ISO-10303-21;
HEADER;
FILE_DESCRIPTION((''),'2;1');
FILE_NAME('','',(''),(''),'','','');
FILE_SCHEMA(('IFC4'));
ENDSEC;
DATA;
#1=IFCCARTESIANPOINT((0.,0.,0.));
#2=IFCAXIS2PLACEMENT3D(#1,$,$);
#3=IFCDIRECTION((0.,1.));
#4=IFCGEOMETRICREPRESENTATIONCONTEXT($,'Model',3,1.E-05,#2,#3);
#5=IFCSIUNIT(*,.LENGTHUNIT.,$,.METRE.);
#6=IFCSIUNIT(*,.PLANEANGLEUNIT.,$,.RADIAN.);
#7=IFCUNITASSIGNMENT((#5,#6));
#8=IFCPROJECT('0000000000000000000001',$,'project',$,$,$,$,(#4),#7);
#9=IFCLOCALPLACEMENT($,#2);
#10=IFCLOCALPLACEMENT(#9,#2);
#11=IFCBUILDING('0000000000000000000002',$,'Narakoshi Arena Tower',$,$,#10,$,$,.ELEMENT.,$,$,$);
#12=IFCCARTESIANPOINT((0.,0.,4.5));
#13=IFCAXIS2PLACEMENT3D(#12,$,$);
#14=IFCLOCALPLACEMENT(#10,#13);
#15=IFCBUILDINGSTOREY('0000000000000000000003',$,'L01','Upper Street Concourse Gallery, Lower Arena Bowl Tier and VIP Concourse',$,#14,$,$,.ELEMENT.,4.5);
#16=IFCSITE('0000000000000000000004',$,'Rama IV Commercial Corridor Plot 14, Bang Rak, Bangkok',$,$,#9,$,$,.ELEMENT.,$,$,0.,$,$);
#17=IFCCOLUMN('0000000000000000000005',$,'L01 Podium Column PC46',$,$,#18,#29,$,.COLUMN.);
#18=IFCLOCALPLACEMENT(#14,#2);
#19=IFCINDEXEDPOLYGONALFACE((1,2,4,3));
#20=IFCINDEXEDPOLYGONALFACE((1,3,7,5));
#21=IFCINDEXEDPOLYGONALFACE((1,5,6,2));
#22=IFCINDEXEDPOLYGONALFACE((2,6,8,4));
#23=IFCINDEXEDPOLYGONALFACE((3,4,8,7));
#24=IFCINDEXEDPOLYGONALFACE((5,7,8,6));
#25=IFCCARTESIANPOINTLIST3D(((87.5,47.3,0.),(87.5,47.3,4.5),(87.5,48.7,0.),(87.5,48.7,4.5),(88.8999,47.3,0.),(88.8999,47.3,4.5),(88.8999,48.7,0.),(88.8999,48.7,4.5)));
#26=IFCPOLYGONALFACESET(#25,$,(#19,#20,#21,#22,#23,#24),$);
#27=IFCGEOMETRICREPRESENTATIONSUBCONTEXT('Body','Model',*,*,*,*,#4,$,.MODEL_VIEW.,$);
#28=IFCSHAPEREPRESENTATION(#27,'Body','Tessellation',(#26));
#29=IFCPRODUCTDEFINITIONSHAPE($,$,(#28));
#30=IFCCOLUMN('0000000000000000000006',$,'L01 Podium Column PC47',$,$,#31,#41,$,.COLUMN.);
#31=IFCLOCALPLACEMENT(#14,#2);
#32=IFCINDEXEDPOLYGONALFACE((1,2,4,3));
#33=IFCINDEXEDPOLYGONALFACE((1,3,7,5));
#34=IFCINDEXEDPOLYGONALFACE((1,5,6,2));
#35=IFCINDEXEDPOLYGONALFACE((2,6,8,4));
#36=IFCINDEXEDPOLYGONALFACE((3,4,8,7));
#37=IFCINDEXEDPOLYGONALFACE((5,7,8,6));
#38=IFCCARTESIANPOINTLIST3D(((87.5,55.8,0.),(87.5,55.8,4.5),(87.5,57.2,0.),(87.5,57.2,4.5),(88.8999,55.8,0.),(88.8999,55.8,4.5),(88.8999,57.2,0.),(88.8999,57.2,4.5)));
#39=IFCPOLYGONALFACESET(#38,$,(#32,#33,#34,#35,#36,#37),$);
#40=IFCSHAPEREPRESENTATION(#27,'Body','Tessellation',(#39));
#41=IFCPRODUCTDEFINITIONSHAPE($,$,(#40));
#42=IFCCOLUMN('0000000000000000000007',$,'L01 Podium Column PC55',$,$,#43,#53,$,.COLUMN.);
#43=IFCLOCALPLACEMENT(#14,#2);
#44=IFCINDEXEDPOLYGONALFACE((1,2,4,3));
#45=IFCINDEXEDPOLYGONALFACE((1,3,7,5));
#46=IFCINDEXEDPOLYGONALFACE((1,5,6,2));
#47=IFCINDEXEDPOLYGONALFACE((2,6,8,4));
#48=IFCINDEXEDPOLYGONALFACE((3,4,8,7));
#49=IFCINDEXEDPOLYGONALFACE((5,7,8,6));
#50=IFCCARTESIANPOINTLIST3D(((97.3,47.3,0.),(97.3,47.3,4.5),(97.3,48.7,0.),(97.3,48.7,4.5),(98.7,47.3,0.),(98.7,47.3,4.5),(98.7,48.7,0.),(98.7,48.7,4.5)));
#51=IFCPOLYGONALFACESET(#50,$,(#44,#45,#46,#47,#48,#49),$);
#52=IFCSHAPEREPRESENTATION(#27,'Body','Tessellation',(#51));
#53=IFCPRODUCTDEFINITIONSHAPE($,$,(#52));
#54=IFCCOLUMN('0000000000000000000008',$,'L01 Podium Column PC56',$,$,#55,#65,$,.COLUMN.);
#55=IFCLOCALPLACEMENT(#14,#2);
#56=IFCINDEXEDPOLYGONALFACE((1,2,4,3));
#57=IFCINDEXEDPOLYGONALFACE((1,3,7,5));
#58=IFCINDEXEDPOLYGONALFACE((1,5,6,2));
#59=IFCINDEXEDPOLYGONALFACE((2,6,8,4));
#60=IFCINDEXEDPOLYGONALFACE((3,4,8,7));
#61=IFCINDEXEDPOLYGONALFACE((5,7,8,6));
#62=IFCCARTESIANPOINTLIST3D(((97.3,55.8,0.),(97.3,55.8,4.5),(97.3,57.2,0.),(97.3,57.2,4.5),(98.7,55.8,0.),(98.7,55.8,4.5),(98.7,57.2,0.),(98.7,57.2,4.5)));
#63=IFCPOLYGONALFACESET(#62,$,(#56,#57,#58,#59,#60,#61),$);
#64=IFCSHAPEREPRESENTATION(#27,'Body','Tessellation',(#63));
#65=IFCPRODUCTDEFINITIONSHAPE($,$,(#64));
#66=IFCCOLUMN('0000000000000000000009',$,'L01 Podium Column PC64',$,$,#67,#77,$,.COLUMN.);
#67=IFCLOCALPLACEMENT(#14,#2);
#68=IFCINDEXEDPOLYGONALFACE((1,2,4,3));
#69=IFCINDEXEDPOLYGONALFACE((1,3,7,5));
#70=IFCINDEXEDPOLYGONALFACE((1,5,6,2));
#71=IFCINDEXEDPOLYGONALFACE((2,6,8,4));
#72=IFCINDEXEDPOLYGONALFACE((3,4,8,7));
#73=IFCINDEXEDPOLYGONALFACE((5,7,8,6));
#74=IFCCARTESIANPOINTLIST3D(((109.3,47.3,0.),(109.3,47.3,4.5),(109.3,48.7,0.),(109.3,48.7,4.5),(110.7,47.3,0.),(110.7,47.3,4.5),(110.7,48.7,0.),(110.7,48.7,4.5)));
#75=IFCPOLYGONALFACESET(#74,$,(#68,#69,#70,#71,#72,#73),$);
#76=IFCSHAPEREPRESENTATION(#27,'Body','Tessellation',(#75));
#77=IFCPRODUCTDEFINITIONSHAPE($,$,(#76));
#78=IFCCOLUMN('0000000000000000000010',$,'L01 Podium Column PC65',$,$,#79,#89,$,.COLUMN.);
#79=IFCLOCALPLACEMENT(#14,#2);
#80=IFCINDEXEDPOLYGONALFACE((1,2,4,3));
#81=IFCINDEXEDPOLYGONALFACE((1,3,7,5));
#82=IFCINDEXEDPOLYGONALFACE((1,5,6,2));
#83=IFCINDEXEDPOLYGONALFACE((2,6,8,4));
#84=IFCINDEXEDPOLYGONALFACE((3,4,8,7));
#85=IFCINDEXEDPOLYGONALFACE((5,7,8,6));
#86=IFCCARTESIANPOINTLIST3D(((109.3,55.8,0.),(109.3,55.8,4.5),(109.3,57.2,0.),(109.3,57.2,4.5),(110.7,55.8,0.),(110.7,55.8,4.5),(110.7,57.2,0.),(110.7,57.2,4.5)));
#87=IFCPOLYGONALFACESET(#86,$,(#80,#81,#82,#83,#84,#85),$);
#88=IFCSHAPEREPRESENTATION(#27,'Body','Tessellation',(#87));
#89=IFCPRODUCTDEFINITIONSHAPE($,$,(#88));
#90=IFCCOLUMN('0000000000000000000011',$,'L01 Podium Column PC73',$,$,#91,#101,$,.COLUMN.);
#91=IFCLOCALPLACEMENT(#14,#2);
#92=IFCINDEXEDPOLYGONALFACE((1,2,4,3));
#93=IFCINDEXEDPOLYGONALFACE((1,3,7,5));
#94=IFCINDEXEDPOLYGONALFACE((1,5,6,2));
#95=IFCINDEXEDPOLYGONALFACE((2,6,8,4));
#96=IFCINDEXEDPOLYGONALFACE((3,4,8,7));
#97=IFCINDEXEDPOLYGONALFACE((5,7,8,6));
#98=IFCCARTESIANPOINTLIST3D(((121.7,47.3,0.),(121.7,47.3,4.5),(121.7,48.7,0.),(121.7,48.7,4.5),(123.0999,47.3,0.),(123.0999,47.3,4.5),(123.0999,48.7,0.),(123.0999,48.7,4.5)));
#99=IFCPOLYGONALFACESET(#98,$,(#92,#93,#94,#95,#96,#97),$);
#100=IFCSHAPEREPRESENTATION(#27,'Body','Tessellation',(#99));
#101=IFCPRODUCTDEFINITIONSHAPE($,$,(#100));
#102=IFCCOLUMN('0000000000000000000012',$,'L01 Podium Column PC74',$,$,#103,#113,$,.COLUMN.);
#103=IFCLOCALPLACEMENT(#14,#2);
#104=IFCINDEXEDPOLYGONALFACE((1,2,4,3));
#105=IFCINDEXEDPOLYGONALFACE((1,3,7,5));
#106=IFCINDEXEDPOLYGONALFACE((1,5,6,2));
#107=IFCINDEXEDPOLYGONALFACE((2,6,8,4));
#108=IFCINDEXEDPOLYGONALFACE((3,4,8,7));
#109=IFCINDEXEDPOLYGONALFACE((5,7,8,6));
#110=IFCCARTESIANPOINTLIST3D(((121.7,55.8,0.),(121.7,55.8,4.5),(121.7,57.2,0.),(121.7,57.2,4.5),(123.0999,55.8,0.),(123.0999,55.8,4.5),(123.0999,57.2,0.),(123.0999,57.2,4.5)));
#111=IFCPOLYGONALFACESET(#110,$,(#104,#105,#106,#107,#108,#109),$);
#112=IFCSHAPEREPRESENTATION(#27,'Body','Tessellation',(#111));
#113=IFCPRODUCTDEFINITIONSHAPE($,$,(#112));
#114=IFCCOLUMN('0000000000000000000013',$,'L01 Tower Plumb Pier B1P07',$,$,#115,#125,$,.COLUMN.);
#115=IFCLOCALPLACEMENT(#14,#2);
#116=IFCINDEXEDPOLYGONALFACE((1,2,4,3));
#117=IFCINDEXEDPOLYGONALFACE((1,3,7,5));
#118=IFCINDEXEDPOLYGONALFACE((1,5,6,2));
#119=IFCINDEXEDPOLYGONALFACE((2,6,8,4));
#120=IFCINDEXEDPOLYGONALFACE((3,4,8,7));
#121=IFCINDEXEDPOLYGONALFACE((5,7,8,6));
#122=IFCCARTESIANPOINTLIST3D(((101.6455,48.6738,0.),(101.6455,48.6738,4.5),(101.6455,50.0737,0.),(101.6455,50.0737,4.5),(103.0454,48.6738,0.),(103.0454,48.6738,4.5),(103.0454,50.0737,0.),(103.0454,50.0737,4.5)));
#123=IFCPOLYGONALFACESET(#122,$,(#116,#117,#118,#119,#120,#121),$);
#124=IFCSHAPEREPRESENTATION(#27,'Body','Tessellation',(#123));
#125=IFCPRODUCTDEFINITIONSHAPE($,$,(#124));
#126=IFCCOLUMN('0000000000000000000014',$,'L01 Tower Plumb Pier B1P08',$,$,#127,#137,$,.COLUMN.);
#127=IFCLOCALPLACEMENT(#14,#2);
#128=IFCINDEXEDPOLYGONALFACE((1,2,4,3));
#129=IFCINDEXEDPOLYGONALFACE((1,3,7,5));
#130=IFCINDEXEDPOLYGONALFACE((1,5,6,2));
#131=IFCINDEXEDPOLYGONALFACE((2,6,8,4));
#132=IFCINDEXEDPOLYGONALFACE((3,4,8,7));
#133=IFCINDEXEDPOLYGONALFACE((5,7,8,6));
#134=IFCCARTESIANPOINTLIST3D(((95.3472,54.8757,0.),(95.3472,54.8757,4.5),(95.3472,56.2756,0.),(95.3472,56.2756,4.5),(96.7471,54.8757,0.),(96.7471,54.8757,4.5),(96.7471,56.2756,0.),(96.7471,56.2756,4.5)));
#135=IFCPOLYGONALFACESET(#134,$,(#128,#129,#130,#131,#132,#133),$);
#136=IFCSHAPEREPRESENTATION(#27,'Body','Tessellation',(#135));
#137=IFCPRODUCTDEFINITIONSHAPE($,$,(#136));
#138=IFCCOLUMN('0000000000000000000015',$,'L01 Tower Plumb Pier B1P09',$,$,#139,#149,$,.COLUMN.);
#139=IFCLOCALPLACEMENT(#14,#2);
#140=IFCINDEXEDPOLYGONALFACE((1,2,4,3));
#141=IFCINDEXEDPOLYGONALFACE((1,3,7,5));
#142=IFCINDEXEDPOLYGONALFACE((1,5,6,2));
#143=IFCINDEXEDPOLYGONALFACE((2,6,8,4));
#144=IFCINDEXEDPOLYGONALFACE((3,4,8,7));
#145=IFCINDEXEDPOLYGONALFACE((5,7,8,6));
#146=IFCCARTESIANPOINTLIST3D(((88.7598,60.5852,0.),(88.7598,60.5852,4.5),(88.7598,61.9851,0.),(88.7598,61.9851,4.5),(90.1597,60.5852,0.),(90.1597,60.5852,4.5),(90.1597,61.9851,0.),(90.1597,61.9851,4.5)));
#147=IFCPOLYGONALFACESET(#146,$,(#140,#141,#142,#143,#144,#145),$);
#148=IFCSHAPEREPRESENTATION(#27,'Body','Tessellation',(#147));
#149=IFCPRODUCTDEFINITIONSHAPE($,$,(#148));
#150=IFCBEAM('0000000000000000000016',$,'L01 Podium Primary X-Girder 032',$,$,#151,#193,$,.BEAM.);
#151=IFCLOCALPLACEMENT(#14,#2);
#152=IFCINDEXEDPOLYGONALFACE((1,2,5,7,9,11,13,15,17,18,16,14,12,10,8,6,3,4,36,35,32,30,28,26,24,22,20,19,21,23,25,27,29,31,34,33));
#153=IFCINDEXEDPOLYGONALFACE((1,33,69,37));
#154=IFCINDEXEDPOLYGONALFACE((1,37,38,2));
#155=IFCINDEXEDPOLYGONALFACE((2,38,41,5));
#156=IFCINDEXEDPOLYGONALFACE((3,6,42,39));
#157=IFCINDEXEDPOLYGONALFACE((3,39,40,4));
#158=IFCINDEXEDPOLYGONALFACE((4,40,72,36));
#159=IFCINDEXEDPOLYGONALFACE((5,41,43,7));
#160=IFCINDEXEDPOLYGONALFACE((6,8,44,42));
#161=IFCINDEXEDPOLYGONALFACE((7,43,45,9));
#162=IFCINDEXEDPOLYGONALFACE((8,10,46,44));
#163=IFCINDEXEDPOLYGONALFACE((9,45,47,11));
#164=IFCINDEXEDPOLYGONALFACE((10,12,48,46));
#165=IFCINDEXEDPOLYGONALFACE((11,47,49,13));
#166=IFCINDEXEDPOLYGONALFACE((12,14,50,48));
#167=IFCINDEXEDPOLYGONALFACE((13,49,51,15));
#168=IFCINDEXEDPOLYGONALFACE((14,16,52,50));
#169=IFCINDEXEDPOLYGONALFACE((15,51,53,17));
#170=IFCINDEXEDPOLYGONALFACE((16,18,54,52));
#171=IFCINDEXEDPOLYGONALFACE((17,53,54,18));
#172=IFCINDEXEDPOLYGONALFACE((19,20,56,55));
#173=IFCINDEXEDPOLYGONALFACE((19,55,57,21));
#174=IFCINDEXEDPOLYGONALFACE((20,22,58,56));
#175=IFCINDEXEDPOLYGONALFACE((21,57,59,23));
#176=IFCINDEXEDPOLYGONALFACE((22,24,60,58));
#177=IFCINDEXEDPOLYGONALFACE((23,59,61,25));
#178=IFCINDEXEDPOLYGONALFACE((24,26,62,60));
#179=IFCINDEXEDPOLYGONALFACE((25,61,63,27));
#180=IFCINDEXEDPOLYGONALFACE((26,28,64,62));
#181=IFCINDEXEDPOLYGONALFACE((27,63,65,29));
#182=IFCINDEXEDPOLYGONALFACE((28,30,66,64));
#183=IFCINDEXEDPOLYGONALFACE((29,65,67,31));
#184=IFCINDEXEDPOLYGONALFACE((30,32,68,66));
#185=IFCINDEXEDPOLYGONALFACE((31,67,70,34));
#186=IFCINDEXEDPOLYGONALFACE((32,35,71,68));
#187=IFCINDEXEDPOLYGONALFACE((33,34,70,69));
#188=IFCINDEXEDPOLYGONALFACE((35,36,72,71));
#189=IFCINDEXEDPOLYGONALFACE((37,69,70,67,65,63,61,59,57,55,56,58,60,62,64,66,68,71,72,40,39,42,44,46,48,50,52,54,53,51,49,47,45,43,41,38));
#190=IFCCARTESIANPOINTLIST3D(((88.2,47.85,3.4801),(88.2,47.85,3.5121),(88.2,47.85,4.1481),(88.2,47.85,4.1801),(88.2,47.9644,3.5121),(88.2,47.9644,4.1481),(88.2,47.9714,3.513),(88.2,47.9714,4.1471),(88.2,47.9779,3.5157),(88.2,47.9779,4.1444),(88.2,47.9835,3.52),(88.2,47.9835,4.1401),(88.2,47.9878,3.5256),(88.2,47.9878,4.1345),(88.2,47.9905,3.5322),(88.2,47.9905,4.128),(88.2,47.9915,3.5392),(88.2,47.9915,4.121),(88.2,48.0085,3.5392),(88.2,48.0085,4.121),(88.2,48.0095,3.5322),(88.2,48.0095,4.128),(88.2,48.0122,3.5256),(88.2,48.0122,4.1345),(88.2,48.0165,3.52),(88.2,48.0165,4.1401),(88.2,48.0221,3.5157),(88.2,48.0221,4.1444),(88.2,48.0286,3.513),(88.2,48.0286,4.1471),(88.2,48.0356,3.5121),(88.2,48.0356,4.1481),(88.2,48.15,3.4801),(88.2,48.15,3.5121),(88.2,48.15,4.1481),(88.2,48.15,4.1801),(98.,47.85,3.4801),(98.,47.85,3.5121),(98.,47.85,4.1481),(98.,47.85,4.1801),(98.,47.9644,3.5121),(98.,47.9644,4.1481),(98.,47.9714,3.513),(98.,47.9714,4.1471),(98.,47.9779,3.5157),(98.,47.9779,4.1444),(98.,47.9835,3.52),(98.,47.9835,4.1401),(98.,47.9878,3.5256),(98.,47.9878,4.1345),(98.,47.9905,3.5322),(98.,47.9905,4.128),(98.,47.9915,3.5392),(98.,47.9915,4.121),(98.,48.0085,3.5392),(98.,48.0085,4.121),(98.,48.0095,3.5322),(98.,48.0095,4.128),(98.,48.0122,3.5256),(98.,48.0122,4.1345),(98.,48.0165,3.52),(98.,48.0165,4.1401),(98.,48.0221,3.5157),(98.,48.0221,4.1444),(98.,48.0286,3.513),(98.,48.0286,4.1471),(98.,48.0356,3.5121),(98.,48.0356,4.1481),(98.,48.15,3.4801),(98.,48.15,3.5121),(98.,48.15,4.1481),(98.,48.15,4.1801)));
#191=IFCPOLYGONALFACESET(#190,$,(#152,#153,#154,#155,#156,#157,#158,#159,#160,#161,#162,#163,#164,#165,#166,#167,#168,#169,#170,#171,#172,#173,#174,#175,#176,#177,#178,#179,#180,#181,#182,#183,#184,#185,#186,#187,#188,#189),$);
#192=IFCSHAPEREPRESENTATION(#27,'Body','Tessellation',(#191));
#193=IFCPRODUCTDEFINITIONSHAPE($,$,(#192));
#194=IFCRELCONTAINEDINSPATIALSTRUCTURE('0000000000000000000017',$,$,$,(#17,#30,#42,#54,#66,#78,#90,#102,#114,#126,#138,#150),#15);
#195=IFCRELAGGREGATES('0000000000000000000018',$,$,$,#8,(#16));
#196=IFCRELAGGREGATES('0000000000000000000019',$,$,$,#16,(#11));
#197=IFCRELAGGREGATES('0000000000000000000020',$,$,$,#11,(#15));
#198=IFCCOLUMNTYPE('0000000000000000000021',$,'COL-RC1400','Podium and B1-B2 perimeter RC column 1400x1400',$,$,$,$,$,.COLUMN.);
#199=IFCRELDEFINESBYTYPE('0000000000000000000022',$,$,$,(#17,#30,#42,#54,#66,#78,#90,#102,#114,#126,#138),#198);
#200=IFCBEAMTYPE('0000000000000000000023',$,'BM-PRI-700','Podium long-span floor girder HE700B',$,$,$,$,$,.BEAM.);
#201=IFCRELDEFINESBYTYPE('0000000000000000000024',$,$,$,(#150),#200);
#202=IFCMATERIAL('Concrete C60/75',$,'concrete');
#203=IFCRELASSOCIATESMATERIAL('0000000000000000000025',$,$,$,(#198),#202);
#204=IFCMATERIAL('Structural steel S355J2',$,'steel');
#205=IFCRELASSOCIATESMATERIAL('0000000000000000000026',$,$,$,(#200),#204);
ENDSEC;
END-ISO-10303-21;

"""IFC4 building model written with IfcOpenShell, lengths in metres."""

from ifc_helpers import new_model, si_unit, direction, frame, origin, origin_2d, place, context, subcontext, project, spatial, rectangle, i_section, extrude, material, material_profile, profile_set, type_object, element, save


model = new_model("IFC4")

# Units and contexts
model_context = context("Model", 3, precision=1e-05, world=origin(), true_north=direction((0.0, 1.0)))
body_context = subcontext(model_context, "Body", "Model", "MODEL_VIEW")
ifc_project = project(units=[si_unit("LENGTHUNIT", "METRE"), si_unit("PLANEANGLEUNIT", "RADIAN")], contexts=[model_context])

# Site, building, storey
site_placement = place(None, origin())
site = spatial("IfcSite", under=ifc_project, at=site_placement, Name="Rama IV Commercial Corridor Plot 14, Bang Rak, Bangkok", CompositionType="ELEMENT", RefElevation=0.0)
building_placement = place(site_placement, origin())
building = spatial("IfcBuilding", under=site, at=building_placement, Name="Narakoshi Arena Tower", CompositionType="ELEMENT")
storey_placement = place(building_placement, frame((0.0, 0.0, 4.5)))
storey = spatial("IfcBuildingStorey", under=building, at=storey_placement, Name="L01", Description="Upper Street Concourse Gallery, Lower Arena Bowl Tier and VIP Concourse", CompositionType="ELEMENT", Elevation=4.5)

# Columns
ifc_material_1 = material(Name="Concrete C60/75", Category="concrete")
ifc_material_profile_1 = material_profile(ifc_material_1, rectangle(XDim=1.3999, YDim=1.3999, at=origin_2d()), Name="RC1400x1400")
ifc_profile_set_1 = profile_set([ifc_material_profile_1], Name="Concrete C60/75")
column_type = type_object("IfcColumnType", Name="COL-RC1400", Description="Podium and B1-B2 perimeter RC column 1400x1400", PredefinedType="COLUMN", material=ifc_profile_set_1)
for number, where, z_axis, x_axis, name in (
    (1, (88.2, 48.0, 0.0), (0.0, 0.0, 1.0), (1.0, 0.0, 0.0), "L01 Podium Column PC46"),
    (2, (88.2, 56.5, 0.0), (0.0, 0.0, 1.0), (1.0, 0.0, 0.0), "L01 Podium Column PC47"),
    (3, (98.0, 48.0, 0.0), (0.0, 0.0, 1.0), (1.0, 0.0, 0.0), "L01 Podium Column PC55"),
    (4, (98.0, 56.5, 0.0), (0.0, 0.0, 1.0), (1.0, 0.0, 0.0), "L01 Podium Column PC56"),
    (5, (110.0, 48.0, 0.0), (0.0, 0.0, 1.0), (1.0, 0.0, 0.0), "L01 Podium Column PC64"),
    (6, (110.0, 56.5, 0.0), (0.0, 0.0, 1.0), (1.0, 0.0, 0.0), "L01 Podium Column PC65"),
    (7, (122.3999, 48.0, 0.0), (0.0, 0.0, 1.0), (1.0, 0.0, 0.0), "L01 Podium Column PC73"),
    (8, (122.3999, 56.5, 0.0), (0.0, 0.0, 1.0), (1.0, 0.0, 0.0), "L01 Podium Column PC74"),
    (9, (102.3455, 49.3738, 0.0), (0.0, 0.0, 1.0), (1.0, 0.0, 0.0), "L01 Tower Plumb Pier B1P07"),
    (10, (96.0471, 55.5757, 0.0), (0.0, 0.0, 1.0), (1.0, 0.0, 0.0), "L01 Tower Plumb Pier B1P08"),
    (11, (89.4597, 61.2852, 0.0), (0.0, 0.0, 1.0), (1.0, 0.0, 0.0), "L01 Tower Plumb Pier B1P09"),
):
    element("IfcColumn", number, at=place(storey_placement, frame(where, z_axis=z_axis, x_axis=x_axis)), inside=storey, type_object=column_type, Name=name, PredefinedType="COLUMN", context=body_context, shape_type="SweptSolid", body=[
        extrude(rectangle(XDim=1.3999, YDim=1.3999, at=origin_2d()), origin(), (0.0, 0.0, 1.0), 4.5),
    ])

# Beam
ifc_material_2 = material(Name="Structural steel S355J2", Category="steel")
ifc_material_profile_2 = material_profile(ifc_material_2, i_section(OverallWidth=0.3, OverallDepth=0.7, WebThickness=0.0171, FlangeThickness=0.032, FilletRadius=0.0271, at=origin_2d()), Name="HE700B")
ifc_profile_set_2 = profile_set([ifc_material_profile_2], Name="Structural steel S355J2")
beam_type_1 = type_object("IfcBeamType", Name="BM-PRI-700", Description="Podium long-span floor girder HE700B", PredefinedType="BEAM", material=ifc_profile_set_2)
beam_1_placement = place(storey_placement, frame((88.2, 48.0, 3.8301), z_axis=(1.0, 0.0, 0.0), x_axis=(0.0, 1.0, 0.0)))
element("IfcBeam", 12, at=beam_1_placement, inside=storey, type_object=beam_type_1, Name="L01 Podium Primary X-Girder 032", PredefinedType="BEAM", context=body_context, shape_type="SweptSolid", body=[
    extrude(i_section(OverallWidth=0.3, OverallDepth=0.7, WebThickness=0.0171, FlangeThickness=0.032, FilletRadius=0.0271, at=origin_2d()), origin(), (0.0, 0.0, 1.0), 9.8),
])

save(model, "model.ifc")
